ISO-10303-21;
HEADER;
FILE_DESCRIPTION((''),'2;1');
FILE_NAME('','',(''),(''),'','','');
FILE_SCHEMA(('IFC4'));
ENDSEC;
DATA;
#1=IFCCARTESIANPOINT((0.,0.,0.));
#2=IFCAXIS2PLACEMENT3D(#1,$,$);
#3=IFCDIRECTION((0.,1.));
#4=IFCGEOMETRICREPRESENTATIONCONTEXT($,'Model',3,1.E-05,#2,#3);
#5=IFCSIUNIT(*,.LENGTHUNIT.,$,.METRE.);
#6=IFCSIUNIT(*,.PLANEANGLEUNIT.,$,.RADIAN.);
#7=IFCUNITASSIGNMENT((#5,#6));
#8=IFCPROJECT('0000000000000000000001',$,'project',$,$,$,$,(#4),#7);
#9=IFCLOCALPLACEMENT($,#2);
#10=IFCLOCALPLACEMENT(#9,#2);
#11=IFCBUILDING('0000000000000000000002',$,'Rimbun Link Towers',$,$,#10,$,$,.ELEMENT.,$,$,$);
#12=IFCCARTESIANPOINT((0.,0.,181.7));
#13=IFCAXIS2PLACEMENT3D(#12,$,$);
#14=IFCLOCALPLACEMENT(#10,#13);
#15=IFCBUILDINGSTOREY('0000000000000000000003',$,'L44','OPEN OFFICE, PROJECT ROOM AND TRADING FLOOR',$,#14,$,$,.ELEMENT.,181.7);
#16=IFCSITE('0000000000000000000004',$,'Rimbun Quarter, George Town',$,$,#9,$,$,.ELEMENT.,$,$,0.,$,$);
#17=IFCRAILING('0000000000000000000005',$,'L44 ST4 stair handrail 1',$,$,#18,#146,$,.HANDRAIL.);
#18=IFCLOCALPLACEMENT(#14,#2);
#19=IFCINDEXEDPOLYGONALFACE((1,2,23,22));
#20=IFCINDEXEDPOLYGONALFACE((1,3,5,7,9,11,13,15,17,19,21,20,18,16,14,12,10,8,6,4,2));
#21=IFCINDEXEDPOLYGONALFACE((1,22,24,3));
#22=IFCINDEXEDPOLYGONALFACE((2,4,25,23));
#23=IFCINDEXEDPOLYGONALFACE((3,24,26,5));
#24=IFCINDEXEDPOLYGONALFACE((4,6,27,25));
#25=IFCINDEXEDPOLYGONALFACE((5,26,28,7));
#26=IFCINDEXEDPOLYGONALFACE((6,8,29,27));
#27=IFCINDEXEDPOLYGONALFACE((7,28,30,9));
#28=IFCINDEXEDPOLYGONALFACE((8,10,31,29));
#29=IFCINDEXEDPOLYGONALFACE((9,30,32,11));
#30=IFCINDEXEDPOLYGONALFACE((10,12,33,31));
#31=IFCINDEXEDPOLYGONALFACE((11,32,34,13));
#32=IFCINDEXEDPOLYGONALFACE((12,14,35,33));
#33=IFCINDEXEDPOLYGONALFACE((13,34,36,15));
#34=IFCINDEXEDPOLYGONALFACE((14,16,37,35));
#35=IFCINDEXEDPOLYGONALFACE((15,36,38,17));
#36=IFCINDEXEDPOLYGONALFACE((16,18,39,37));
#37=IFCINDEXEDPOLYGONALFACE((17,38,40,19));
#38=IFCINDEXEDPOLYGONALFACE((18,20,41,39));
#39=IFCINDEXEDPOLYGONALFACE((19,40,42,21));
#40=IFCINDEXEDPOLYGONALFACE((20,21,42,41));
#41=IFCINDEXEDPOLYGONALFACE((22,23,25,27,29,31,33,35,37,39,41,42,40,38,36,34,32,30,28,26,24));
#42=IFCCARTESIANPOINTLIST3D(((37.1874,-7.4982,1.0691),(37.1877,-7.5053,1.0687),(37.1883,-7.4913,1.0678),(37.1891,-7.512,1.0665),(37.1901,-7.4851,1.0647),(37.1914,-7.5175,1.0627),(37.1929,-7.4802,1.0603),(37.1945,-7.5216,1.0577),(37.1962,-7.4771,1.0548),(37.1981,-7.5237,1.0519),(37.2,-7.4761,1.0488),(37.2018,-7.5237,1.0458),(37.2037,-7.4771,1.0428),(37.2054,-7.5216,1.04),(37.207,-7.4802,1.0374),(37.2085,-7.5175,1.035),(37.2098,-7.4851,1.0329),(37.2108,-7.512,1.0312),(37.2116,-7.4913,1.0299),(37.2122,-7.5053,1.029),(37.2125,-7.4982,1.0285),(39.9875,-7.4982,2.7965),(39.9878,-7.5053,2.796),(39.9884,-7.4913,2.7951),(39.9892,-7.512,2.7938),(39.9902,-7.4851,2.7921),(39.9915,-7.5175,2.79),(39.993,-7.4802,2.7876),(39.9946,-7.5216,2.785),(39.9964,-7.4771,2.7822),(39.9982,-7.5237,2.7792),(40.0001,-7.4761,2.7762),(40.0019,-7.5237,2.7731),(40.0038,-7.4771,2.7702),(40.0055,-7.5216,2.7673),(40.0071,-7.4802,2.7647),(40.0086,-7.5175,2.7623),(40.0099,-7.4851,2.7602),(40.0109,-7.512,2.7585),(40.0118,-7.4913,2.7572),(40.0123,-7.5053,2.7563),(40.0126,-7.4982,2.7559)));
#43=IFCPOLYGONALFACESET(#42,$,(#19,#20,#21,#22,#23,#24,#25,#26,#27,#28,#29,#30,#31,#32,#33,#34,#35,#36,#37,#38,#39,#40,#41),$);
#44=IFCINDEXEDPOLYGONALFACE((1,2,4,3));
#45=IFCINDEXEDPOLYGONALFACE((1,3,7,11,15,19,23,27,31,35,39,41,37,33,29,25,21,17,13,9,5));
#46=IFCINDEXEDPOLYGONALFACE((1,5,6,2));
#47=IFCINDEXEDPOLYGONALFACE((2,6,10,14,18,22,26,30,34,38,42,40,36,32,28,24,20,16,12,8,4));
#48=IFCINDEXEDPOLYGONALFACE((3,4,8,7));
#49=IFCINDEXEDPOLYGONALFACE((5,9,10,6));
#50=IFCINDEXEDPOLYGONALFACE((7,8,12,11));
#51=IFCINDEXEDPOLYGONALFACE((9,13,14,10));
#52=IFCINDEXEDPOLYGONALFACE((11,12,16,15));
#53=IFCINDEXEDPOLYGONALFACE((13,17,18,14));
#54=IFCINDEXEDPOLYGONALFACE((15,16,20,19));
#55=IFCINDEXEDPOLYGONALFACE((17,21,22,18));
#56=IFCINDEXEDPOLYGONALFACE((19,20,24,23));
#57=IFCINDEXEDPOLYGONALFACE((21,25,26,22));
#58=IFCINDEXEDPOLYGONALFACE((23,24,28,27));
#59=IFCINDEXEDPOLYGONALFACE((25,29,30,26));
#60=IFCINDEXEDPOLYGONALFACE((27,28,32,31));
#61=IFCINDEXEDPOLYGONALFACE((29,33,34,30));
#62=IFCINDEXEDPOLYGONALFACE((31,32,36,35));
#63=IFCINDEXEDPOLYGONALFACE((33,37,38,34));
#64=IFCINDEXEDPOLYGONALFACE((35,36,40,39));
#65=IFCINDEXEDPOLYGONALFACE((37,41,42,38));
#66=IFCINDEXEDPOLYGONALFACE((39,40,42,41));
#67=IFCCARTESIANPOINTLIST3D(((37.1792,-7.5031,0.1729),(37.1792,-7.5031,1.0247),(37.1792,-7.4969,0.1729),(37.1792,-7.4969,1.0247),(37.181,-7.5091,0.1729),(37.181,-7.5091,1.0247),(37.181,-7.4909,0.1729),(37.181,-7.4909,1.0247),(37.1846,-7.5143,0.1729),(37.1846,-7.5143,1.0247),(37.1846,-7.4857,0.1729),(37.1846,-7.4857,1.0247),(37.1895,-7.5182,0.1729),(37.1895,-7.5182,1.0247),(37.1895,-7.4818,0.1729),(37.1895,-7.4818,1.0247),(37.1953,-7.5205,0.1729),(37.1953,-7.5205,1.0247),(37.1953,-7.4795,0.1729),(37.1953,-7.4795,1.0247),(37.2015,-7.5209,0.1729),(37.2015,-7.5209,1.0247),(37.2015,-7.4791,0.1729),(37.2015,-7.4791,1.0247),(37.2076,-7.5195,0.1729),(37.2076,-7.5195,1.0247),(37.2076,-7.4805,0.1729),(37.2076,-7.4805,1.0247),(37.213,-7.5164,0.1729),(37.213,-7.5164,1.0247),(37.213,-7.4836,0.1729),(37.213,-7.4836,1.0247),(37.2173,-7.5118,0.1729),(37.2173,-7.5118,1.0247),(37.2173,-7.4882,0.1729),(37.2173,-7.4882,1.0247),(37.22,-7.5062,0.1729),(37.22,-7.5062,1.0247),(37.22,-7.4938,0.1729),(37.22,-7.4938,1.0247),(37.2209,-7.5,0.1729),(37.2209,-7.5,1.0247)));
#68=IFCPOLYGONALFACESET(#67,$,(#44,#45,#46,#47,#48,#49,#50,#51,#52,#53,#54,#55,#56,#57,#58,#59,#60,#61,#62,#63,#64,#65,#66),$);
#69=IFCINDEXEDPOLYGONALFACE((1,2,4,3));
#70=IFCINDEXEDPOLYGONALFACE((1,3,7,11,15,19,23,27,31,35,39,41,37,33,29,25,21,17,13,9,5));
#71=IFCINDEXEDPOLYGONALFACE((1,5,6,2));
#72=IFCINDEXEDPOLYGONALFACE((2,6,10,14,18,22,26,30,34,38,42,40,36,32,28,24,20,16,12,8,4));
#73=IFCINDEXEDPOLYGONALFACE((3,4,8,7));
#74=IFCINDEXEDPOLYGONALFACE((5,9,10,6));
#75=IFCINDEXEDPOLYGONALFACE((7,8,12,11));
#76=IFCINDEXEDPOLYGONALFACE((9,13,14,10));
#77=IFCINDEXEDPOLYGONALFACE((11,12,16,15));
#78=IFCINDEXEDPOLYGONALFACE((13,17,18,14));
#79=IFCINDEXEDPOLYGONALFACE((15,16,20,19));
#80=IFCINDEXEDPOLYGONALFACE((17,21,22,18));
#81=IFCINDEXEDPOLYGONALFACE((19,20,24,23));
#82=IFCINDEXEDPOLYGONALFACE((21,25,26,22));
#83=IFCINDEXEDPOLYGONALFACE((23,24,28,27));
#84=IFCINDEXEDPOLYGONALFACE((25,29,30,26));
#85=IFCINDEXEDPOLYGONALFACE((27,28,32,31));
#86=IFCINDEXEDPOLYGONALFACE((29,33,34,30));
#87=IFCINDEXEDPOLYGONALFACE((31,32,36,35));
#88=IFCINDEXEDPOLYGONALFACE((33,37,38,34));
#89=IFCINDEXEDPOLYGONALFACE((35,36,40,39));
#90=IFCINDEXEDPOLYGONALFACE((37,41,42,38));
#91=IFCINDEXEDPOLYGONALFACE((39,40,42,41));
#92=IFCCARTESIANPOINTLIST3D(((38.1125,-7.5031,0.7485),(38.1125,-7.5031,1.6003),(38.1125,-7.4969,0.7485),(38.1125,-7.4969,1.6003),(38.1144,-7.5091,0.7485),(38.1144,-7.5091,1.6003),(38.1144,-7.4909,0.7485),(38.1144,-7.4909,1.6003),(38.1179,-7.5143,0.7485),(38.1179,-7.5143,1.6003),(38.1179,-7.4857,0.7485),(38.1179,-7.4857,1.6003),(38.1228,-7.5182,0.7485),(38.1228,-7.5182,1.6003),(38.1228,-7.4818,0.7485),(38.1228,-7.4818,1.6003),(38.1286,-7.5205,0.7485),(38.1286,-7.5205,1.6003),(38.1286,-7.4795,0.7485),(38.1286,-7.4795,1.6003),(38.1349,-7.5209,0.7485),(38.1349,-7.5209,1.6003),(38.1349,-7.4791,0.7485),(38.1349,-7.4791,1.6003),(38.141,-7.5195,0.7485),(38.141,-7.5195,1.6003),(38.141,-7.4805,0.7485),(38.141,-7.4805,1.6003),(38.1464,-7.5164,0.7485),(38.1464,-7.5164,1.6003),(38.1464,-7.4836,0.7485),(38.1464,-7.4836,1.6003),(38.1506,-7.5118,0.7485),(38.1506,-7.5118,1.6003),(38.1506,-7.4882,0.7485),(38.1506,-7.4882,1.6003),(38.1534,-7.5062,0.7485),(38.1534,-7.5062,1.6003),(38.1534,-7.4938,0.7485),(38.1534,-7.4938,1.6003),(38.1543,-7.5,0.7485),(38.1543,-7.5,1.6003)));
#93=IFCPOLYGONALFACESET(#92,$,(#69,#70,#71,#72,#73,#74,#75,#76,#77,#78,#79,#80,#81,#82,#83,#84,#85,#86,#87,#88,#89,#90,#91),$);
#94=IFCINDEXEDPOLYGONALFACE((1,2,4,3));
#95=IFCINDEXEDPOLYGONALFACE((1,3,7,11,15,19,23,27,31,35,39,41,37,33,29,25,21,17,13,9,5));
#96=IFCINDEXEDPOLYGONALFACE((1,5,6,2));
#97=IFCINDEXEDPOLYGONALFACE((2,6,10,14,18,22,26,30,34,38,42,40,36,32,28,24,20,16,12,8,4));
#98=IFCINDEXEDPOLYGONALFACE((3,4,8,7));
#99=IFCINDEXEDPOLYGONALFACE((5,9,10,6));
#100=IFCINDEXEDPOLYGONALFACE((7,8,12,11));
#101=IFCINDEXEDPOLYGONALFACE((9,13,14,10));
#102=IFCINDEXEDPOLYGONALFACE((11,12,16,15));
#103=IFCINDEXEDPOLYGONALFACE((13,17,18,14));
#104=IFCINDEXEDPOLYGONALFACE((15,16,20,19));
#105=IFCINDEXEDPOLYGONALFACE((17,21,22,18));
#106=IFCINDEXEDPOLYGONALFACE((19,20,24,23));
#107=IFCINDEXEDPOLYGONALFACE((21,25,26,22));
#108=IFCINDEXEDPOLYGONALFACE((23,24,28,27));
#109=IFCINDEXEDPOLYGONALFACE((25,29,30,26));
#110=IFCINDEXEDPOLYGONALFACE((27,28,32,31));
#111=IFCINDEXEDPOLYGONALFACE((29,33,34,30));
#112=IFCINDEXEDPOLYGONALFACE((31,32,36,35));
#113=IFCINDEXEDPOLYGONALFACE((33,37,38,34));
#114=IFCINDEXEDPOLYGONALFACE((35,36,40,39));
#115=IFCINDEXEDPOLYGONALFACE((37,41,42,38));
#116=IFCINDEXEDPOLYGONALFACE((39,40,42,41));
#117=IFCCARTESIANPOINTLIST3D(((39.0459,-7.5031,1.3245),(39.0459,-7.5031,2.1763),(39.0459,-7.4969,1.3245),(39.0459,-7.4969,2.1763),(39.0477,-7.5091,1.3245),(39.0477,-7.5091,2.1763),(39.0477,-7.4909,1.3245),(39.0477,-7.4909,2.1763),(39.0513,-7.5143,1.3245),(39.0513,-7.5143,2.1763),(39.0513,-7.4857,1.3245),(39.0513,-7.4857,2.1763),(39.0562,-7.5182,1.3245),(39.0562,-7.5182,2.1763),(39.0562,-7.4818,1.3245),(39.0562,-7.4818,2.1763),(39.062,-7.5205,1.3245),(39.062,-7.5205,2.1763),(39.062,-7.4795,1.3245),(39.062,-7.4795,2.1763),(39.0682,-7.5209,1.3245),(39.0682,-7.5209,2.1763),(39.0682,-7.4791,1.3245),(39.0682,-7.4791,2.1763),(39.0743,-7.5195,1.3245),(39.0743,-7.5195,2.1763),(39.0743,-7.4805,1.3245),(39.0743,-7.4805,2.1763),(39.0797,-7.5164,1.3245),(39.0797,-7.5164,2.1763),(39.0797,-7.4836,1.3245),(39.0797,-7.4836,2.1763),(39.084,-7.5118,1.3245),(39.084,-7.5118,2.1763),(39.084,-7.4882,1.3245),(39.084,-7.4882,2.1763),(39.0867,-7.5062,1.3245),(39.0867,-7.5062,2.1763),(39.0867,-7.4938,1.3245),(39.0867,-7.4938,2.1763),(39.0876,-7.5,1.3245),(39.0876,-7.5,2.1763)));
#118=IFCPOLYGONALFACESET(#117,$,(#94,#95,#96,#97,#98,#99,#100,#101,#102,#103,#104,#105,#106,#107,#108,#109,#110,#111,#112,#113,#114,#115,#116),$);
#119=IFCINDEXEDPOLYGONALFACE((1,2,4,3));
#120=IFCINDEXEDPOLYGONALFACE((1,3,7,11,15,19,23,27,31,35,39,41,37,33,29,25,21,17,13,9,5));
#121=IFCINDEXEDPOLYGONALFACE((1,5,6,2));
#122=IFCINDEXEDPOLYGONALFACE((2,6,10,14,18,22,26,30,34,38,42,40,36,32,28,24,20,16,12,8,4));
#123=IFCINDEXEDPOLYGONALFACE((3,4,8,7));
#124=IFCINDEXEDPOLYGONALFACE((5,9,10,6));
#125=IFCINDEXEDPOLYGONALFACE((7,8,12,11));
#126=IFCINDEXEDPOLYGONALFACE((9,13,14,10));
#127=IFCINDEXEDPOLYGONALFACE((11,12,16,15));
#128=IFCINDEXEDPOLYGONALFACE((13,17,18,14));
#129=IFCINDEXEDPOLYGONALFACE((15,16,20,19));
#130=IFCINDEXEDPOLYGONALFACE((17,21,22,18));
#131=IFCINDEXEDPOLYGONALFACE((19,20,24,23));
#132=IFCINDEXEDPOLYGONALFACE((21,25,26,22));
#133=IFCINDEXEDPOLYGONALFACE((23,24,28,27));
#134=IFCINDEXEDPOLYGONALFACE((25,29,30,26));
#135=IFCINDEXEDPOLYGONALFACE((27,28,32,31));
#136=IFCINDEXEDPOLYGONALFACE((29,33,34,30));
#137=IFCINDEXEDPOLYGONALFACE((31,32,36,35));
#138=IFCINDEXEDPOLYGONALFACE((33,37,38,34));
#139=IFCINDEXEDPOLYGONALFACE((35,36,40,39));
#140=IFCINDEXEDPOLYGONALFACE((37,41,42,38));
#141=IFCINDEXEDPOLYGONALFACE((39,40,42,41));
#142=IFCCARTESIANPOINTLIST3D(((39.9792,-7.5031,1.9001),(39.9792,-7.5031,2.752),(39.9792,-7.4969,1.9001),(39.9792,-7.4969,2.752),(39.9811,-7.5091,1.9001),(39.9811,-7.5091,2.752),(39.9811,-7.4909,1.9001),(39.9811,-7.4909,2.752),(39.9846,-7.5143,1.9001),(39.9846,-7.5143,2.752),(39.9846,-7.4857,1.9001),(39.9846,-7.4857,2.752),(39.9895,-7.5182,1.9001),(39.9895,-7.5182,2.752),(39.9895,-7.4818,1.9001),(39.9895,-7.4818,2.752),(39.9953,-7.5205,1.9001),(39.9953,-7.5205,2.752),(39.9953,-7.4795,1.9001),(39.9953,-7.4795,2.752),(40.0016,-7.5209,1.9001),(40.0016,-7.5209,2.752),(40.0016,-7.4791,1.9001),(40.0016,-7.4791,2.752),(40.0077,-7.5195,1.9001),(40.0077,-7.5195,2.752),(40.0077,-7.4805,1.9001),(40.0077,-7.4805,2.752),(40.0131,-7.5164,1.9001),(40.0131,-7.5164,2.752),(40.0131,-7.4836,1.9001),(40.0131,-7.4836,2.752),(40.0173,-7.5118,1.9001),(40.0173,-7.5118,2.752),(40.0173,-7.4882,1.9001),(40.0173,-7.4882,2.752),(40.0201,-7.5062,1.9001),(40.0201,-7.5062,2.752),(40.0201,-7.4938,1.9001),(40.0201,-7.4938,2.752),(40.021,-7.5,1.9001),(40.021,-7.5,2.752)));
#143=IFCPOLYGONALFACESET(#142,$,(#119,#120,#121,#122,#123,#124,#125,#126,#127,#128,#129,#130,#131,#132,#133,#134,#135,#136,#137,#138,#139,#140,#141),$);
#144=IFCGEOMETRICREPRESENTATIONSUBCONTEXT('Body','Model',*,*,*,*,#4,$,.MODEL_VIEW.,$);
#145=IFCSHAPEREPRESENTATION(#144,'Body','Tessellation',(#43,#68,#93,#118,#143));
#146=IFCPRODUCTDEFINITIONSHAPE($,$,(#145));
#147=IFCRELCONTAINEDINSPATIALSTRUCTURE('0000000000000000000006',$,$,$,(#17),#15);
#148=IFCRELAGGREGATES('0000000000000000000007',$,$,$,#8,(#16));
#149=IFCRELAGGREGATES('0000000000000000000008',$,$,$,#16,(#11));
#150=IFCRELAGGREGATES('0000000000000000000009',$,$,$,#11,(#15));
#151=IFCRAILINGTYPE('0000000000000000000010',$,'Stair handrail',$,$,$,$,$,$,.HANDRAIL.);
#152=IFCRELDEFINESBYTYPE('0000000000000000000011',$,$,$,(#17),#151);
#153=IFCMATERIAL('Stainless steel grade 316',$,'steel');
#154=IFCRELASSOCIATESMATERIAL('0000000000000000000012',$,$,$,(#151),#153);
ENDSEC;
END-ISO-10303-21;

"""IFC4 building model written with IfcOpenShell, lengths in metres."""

from ifc_helpers import new_model, si_unit, direction, frame, origin, origin_2d, place, context, subcontext, project, spatial, circle, extrude, material, type_object, element, save


model = new_model("IFC4")

# Units and contexts
model_context = context("Model", 3, precision=1e-05, world=origin(), true_north=direction((0.0, 1.0)))
body_context = subcontext(model_context, "Body", "Model", "MODEL_VIEW")
ifc_project = project(units=[si_unit("LENGTHUNIT", "METRE"), si_unit("PLANEANGLEUNIT", "RADIAN")], contexts=[model_context])

# Site, building, storey
site_placement = place(None, origin())
site = spatial("IfcSite", under=ifc_project, at=site_placement, Name="Rimbun Quarter, George Town", CompositionType="ELEMENT", RefElevation=0.0)
building_placement = place(site_placement, origin())
building = spatial("IfcBuilding", under=site, at=building_placement, Name="Rimbun Link Towers", CompositionType="ELEMENT")
storey_placement = place(building_placement, frame((0.0, 0.0, 181.7)))
storey = spatial("IfcBuildingStorey", under=building, at=storey_placement, Name="L44", Description="OPEN OFFICE, PROJECT ROOM AND TRADING FLOOR", CompositionType="ELEMENT", Elevation=181.7)

# Railing
ifc_material_1 = material(Name="Stainless steel grade 316", Category="steel")
railing_type_1 = type_object("IfcRailingType", Name="Stair handrail", PredefinedType="HANDRAIL", material=ifc_material_1)
railing_1_placement = place(storey_placement, frame((37.2, -7.5, 0.1729)))
element("IfcRailing", 1, at=railing_1_placement, inside=storey, type_object=railing_type_1, Name="L44 ST4 stair handrail 1", PredefinedType="HANDRAIL", context=body_context, shape_type="SweptSolid", body=[
    extrude(circle(Radius=0.0239, at=origin_2d()), frame((0.0, 0.0, 0.876), z_axis=(0.85109, 0.0, 0.52502), x_axis=(0.0, 1.0, 0.0)), (0.0, 0.0, 1.0), 3.29),
    extrude(circle(Radius=0.021, at=origin_2d()), origin(), (0.0, 0.0, 1.0), 0.8518),
    extrude(circle(Radius=0.021, at=origin_2d()), frame((0.9333, 0.0, 0.5757)), (0.0, 0.0, 1.0), 0.8518),
    extrude(circle(Radius=0.021, at=origin_2d()), frame((1.8667, 0.0, 1.1516)), (0.0, 0.0, 1.0), 0.8518),
    extrude(circle(Radius=0.021, at=origin_2d()), frame((2.8, 0.0, 1.7273)), (0.0, 0.0, 1.0), 0.8518),
])

save(model, "model.ifc")
